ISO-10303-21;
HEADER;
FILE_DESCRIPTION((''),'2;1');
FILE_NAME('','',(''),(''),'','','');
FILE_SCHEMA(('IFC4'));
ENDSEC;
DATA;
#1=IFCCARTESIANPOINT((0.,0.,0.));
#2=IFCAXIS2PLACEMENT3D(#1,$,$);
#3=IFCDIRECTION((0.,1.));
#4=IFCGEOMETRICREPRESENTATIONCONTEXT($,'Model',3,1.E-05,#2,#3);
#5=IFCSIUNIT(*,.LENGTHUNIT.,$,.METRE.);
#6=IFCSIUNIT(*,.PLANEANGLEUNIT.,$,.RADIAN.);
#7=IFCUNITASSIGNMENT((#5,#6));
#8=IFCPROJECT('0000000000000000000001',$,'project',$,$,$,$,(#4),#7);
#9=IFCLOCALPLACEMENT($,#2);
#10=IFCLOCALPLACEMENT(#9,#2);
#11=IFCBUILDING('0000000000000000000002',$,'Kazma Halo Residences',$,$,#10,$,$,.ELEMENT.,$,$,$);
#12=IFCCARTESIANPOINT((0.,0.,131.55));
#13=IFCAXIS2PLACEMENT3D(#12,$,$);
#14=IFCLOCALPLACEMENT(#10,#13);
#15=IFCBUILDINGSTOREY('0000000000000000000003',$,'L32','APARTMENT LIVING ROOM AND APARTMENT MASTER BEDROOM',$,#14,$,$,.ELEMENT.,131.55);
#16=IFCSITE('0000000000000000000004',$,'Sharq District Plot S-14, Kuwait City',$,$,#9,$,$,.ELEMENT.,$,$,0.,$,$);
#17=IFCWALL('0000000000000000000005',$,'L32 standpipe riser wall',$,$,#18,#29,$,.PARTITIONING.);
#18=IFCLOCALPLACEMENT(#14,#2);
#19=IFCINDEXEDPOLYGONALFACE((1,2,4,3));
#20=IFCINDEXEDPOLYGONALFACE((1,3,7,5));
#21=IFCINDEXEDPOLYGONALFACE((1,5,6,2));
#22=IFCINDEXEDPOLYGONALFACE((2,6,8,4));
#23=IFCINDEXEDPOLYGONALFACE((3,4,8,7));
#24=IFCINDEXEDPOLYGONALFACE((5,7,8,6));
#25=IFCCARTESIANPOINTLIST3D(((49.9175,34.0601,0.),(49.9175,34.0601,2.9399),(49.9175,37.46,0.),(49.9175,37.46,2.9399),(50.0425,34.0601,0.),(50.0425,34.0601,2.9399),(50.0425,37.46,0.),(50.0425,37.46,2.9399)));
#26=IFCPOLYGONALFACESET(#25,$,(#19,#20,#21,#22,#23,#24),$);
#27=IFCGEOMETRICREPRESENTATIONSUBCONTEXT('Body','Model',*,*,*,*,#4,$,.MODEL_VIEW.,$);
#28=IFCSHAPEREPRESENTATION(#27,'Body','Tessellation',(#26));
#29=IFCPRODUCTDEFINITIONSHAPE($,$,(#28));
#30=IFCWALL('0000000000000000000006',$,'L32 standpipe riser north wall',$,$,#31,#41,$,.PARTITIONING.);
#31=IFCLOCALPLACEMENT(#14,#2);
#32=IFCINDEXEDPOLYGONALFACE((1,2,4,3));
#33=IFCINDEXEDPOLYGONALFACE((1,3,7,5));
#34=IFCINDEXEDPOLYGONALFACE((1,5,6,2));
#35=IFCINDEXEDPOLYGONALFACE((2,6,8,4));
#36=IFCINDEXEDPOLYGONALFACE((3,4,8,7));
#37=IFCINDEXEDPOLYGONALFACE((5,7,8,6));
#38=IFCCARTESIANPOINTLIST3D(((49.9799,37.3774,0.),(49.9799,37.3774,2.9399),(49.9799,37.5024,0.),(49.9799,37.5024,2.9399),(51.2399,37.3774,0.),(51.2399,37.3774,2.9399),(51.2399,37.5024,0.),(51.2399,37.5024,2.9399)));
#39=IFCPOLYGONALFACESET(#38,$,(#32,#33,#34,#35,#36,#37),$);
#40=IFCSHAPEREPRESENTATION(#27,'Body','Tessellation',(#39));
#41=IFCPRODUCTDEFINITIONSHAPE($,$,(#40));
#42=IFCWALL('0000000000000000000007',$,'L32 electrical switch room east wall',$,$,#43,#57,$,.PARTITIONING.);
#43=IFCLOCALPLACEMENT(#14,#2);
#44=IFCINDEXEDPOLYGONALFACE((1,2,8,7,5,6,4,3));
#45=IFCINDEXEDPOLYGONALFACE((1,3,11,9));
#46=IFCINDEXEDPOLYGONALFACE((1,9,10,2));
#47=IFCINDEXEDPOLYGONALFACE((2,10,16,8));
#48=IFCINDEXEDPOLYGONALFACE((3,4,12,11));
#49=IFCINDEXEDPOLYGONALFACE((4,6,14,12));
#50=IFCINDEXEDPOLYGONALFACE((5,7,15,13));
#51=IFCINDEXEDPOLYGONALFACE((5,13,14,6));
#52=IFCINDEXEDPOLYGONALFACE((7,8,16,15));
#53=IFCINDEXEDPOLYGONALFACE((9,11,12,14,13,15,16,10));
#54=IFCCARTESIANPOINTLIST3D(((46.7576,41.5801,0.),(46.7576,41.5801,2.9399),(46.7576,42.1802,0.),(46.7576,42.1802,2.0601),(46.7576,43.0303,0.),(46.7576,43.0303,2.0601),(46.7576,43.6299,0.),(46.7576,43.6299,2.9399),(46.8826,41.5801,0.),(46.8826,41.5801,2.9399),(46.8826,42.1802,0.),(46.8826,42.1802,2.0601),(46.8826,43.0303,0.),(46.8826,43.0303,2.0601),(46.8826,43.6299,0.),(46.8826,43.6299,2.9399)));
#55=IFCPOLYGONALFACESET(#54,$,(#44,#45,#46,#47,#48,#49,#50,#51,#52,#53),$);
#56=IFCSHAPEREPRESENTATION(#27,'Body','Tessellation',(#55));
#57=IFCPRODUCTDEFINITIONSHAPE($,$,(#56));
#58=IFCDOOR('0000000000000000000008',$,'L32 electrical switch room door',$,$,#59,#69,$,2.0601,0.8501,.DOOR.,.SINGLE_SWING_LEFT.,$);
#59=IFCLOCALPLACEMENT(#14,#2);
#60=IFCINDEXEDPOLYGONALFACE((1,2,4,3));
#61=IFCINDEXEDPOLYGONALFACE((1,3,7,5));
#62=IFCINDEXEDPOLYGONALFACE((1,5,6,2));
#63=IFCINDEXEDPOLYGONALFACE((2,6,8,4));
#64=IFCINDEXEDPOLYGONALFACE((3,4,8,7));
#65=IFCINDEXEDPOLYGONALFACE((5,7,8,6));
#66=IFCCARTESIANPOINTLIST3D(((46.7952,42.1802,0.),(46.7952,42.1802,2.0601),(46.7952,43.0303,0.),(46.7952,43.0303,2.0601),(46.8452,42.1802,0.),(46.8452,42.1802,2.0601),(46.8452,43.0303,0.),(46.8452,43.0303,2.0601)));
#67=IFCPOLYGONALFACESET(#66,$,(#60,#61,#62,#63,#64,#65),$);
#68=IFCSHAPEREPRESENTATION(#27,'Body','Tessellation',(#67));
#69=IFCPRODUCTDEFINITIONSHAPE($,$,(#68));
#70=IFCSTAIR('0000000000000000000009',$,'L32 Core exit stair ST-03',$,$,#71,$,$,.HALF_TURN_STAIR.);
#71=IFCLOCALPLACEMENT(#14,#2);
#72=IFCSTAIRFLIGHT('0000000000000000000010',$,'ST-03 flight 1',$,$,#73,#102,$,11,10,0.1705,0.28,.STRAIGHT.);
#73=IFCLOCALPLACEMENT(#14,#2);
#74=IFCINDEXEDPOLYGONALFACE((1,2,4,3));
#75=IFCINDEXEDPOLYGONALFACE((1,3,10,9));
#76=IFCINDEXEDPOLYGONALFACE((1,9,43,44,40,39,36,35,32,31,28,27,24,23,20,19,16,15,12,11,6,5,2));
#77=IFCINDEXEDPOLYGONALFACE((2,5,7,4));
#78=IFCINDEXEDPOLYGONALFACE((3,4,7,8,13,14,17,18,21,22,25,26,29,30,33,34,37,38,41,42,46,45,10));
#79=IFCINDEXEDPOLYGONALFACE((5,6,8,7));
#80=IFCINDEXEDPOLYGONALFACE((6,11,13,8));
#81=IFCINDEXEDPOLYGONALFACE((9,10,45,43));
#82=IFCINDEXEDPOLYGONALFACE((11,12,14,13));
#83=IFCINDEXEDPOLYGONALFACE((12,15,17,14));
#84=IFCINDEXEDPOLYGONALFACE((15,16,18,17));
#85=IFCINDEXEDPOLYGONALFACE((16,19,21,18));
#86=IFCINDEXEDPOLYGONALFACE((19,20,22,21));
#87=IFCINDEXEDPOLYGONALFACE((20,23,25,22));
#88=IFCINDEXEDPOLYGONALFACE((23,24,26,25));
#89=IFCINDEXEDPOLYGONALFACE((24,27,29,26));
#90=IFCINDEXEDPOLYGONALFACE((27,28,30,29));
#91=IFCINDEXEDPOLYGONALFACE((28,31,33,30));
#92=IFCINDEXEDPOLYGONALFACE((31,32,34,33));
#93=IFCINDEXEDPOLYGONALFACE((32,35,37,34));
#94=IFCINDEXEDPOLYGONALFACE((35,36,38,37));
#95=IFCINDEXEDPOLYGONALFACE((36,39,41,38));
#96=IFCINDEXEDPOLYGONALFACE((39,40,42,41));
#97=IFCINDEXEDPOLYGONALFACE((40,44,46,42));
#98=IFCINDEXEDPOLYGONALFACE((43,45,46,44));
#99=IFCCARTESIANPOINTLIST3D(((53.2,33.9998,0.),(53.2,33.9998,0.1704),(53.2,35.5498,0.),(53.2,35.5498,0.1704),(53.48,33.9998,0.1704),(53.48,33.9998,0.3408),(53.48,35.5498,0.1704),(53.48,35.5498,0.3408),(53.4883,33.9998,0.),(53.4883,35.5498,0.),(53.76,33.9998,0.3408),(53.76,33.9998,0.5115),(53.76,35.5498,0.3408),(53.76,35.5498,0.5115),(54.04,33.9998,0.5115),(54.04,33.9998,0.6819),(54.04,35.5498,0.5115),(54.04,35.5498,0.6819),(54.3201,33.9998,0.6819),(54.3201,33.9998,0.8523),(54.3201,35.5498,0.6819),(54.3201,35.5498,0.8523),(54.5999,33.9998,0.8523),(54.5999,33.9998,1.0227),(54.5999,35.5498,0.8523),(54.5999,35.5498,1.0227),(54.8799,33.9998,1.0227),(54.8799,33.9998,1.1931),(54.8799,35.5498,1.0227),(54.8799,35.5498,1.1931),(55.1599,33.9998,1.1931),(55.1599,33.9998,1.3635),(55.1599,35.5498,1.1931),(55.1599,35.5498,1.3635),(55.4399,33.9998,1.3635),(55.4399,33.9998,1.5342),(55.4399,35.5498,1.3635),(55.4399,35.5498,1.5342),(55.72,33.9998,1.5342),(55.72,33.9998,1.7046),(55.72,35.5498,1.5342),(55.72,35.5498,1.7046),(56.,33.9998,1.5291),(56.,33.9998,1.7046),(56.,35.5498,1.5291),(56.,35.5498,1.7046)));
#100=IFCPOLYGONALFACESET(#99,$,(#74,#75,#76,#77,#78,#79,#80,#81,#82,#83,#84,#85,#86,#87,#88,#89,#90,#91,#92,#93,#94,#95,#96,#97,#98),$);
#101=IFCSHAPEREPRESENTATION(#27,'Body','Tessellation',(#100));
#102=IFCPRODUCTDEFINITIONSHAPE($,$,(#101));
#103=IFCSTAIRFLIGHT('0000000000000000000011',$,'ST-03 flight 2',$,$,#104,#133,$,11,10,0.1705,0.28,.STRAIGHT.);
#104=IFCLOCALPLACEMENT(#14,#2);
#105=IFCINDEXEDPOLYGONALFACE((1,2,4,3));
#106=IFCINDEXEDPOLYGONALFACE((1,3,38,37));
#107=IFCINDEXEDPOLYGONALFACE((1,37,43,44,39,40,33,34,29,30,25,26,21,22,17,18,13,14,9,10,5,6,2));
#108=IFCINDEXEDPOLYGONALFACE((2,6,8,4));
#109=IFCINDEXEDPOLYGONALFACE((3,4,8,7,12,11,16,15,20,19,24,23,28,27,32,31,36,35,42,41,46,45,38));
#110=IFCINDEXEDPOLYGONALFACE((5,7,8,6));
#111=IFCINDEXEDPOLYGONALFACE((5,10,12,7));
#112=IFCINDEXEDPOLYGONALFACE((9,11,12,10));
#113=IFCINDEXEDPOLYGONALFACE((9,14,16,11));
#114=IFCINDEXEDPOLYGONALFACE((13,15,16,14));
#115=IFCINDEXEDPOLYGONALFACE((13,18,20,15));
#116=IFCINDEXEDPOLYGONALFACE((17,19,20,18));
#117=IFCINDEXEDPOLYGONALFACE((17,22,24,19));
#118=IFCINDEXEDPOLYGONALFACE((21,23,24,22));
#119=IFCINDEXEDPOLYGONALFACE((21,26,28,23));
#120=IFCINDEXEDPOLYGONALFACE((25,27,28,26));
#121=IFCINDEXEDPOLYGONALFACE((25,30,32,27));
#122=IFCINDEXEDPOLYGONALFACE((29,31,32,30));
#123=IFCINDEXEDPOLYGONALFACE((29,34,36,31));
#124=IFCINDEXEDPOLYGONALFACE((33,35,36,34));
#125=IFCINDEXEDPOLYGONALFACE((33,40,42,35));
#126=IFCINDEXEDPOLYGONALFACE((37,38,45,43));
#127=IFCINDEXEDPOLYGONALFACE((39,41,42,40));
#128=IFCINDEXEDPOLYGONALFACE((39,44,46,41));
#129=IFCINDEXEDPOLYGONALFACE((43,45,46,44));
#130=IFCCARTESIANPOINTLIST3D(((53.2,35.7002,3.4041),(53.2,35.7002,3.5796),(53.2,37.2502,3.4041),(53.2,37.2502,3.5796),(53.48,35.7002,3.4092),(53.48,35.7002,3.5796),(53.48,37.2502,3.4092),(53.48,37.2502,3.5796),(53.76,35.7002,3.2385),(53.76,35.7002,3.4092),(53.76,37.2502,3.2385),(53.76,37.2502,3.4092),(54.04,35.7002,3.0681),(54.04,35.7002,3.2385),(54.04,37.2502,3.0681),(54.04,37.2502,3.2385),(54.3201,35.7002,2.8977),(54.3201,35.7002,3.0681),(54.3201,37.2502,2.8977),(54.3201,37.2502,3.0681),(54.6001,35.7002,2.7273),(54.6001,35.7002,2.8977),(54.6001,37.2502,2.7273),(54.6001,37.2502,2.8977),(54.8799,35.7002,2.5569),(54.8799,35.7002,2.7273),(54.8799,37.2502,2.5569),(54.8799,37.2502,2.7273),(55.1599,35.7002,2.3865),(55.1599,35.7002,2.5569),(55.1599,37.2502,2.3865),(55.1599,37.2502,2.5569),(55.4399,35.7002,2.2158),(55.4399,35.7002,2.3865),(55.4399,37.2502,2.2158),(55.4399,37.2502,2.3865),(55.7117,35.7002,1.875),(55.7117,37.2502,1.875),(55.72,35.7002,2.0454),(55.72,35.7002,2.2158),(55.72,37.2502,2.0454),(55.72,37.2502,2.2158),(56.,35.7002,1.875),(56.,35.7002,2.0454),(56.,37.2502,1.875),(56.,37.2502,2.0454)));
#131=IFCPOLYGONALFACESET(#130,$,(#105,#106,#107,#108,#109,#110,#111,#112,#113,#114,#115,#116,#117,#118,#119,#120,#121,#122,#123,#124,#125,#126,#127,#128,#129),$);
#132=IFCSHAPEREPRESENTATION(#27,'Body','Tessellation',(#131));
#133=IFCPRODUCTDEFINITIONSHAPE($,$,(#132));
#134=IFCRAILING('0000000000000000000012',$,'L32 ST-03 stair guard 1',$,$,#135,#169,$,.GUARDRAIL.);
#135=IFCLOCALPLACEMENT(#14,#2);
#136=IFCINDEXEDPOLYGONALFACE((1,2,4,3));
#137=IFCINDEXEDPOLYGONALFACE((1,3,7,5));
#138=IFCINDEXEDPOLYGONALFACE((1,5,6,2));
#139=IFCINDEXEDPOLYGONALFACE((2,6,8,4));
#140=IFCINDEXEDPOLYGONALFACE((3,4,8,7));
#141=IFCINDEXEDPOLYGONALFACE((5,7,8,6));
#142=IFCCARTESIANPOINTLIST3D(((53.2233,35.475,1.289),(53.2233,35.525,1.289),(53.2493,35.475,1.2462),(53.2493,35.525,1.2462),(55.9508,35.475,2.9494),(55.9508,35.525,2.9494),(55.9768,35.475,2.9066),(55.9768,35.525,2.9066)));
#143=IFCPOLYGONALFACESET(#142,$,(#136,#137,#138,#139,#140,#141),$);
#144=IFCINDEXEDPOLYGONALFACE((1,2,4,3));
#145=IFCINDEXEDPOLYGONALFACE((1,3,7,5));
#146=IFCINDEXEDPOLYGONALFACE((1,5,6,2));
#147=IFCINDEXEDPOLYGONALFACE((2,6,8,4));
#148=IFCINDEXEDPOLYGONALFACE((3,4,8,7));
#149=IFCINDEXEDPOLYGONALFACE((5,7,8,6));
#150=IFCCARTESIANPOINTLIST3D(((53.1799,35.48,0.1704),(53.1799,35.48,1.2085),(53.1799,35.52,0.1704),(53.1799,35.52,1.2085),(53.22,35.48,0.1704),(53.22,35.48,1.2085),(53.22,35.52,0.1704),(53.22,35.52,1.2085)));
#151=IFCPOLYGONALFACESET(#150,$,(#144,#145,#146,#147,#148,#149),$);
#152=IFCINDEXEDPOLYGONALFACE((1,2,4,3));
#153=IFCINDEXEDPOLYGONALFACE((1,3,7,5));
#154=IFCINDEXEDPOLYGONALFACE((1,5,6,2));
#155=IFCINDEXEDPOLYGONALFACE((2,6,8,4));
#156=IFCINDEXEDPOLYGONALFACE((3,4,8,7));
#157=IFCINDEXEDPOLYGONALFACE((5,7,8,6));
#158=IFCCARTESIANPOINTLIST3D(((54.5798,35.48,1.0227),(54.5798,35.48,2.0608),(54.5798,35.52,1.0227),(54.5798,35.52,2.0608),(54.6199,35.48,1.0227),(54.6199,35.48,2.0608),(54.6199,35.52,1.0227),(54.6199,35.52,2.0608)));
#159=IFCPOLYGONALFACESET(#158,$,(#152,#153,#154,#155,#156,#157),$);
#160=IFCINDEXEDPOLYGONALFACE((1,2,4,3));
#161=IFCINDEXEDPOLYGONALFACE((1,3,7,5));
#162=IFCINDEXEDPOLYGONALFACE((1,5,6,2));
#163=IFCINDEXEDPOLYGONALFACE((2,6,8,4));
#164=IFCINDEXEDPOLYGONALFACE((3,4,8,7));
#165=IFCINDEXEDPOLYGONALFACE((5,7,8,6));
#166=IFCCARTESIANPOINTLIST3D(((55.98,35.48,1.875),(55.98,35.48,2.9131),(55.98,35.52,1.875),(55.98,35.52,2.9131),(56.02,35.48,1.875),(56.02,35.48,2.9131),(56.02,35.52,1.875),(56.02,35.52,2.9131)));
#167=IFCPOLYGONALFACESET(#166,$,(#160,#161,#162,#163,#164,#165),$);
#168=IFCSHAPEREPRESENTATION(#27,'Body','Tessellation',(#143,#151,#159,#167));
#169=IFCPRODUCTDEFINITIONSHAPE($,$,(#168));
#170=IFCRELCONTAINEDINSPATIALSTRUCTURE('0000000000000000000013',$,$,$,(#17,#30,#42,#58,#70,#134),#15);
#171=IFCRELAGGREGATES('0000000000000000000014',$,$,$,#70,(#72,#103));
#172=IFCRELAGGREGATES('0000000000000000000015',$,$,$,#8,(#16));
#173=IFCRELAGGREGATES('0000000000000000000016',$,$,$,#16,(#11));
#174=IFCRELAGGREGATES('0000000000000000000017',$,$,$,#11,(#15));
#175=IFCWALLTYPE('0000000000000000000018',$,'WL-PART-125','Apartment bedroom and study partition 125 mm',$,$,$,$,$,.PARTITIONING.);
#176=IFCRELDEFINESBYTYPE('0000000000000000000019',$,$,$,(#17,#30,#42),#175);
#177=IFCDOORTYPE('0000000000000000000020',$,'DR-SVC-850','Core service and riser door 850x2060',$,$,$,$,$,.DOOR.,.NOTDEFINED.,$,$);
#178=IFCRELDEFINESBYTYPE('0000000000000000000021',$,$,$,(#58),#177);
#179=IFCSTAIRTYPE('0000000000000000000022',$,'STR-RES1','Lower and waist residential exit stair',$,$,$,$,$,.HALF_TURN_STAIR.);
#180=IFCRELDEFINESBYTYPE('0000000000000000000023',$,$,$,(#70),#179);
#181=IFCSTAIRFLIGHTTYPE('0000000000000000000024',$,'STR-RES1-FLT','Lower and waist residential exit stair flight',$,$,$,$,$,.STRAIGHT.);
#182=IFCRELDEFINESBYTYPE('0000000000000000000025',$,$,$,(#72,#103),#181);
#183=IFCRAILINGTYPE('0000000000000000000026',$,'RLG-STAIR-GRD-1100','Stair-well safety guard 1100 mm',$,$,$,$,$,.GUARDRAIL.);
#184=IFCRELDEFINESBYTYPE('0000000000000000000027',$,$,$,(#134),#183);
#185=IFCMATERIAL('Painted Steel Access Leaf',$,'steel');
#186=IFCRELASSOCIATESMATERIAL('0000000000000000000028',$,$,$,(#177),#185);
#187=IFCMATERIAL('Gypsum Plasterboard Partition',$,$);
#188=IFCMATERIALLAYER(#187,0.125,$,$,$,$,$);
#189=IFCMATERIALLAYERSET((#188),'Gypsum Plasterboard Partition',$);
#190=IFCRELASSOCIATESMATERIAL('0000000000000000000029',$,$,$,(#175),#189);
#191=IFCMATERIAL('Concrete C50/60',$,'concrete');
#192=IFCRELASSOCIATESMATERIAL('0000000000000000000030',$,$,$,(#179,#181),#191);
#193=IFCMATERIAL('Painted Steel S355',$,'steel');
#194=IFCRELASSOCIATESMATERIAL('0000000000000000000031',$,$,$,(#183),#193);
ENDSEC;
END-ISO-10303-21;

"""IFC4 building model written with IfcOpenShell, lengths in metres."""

from ifc_helpers import new_model, si_unit, direction, frame, frame_2d, origin, origin_2d, place, context, subcontext, project, spatial, polyline, rectangle, outline, extrude, material, layer, layer_set, type_object, element, fill, aggregate, save


model = new_model("IFC4")

# Units and contexts
model_context = context("Model", 3, precision=1e-05, world=origin(), true_north=direction((0.0, 1.0)))
body_context = subcontext(model_context, "Body", "Model", "MODEL_VIEW")
ifc_project = project(units=[si_unit("LENGTHUNIT", "METRE"), si_unit("PLANEANGLEUNIT", "RADIAN")], contexts=[model_context])

# Site, building, storey
site_placement = place(None, origin())
site = spatial("IfcSite", under=ifc_project, at=site_placement, Name="Sharq District Plot S-14, Kuwait City", CompositionType="ELEMENT", RefElevation=0.0)
building_placement = place(site_placement, origin())
building = spatial("IfcBuilding", under=site, at=building_placement, Name="Kazma Halo Residences", CompositionType="ELEMENT")
storey_placement = place(building_placement, frame((0.0, 0.0, 131.55)))
storey = spatial("IfcBuildingStorey", under=building, at=storey_placement, Name="L32", Description="APARTMENT LIVING ROOM AND APARTMENT MASTER BEDROOM", CompositionType="ELEMENT", Elevation=131.55)

# Shared definitions
ifc_material_1 = material(Name="Painted Steel Access Leaf", Category="steel")
door_type_1 = type_object("IfcDoorType", Name="DR-SVC-850", Description="Core service and riser door 850x2060", OperationType="NOTDEFINED", PredefinedType="DOOR", material=ifc_material_1)

# Walls
ifc_material_2 = material(Name="Gypsum Plasterboard Partition")
ifc_layer_1 = layer(ifc_material_2, 0.125)
ifc_layer_set_1 = layer_set([ifc_layer_1], Name="Gypsum Plasterboard Partition")
wall_type_1 = type_object("IfcWallType", Name="WL-PART-125", Description="Apartment bedroom and study partition 125 mm", PredefinedType="PARTITIONING", material=ifc_layer_set_1)
wall_1_placement = place(storey_placement, frame((49.98, 34.0601, 0.0), z_axis=(0.0, 0.0, 1.0), x_axis=(0.0, 1.0, 0.0)))
element("IfcWall", 1, at=wall_1_placement, inside=storey, type_object=wall_type_1, Name="L32 standpipe riser wall", PredefinedType="PARTITIONING", context=body_context, shape_type="SweptSolid", body=[
    extrude(rectangle(XDim=3.3999, YDim=0.125, at=frame_2d((1.7, 0.0))), origin(), (0.0, 0.0, 1.0), 2.9399),
])
wall_2_placement = place(storey_placement, frame((49.98, 37.4399, 0.0), z_axis=(0.0, 0.0, 1.0), x_axis=(1.0, 0.0, 0.0)))
element("IfcWall", 2, at=wall_2_placement, inside=storey, type_object=wall_type_1, Name="L32 standpipe riser north wall", PredefinedType="PARTITIONING", context=body_context, shape_type="SweptSolid", body=[
    extrude(rectangle(XDim=1.26, YDim=0.125, at=frame_2d((0.6299, 0.0))), origin(), (0.0, 0.0, 1.0), 2.9399),
])

# Wall, opening, door
wall_3_placement = place(storey_placement, frame((46.8201, 41.5801, 0.0), z_axis=(0.0, 0.0, 1.0), x_axis=(0.0, 1.0, 0.0)))
wall_3 = element("IfcWall", 3, at=wall_3_placement, inside=storey, type_object=wall_type_1, Name="L32 electrical switch room east wall", PredefinedType="PARTITIONING", context=body_context, shape_type="SweptSolid", body=[
    extrude(rectangle(XDim=2.0498, YDim=0.125, at=frame_2d((1.0249, 0.0))), origin(), (0.0, 0.0, 1.0), 2.9399),
])
opening_1_placement = place(wall_3_placement, frame((0.6001, 0.0, 0.0)))
opening_1 = element("IfcOpeningElement", 4, at=opening_1_placement, cuts=wall_3, PredefinedType="OPENING", context=body_context, shape_type="SweptSolid", body=[
    extrude(rectangle(XDim=0.8501, YDim=2.0601, at=frame_2d((0.425, 1.03))), frame((0.0, 0.0725, 0.0), z_axis=(0.0, -1.0, 0.0), x_axis=(1.0, 0.0, 0.0)), (0.0, 0.0, 1.0), 0.145),
])
door_1_placement = place(opening_1_placement, origin())
door_1 = element("IfcDoor", 5, at=door_1_placement, inside=storey, type_object=door_type_1, Name="L32 electrical switch room door", OperationType="SINGLE_SWING_LEFT", OverallHeight=2.0601, OverallWidth=0.8501, PredefinedType="DOOR", context=body_context, shape_type="SweptSolid", body=[
    extrude(rectangle(XDim=0.8501, YDim=2.0601, at=frame_2d((0.425, 1.03))), frame((0.0, 0.0249, 0.0), z_axis=(0.0, -1.0, 0.0), x_axis=(1.0, 0.0, 0.0)), (0.0, 0.0, 1.0), 0.05),
])
fill(opening_1, door_1)
ifc_material_3 = material(Name="Concrete C50/60", Category="concrete")

# Stair, stair flights
stair_type = type_object("IfcStairType", Name="STR-RES1", Description="Lower and waist residential exit stair", PredefinedType="HALF_TURN_STAIR", material=ifc_material_3)
stair_placement = place(storey_placement, origin())
stair = element("IfcStair", 6, at=stair_placement, inside=storey, type_object=stair_type, Name="L32 Core exit stair ST-03", PredefinedType="HALF_TURN_STAIR")
stair_flight_type = type_object("IfcStairFlightType", Name="STR-RES1-FLT", Description="Lower and waist residential exit stair flight", PredefinedType="STRAIGHT", material=ifc_material_3)
stair_flight_1_placement = place(storey_placement, frame((53.2, 34.7749, 0.0), z_axis=(0.0, 0.0, 1.0), x_axis=(1.0, 0.0, 0.0)))
stair_flight_1 = element("IfcStairFlight", 7, at=stair_flight_1_placement, type_object=stair_flight_type, Name="ST-03 flight 1", NumberOfRisers=11, NumberOfTreads=10, PredefinedType="STRAIGHT", RiserHeight=0.1705, TreadLength=0.28, context=body_context, shape_type="SweptSolid", body=[
    extrude(outline(polyline([(0.0, 0.0), (0.0, 0.1704), (0.28, 0.1704), (0.28, 0.3408), (0.5601, 0.3408), (0.5601, 0.5115), (0.8401, 0.5115), (0.8401, 0.6819), (1.1201, 0.6819), (1.1201, 0.8523), (1.3999, 0.8523), (1.3999, 1.0227), (1.6799, 1.0227), (1.6799, 1.1931), (1.96, 1.1931), (1.96, 1.3635), (2.24, 1.3635), (2.24, 1.5342), (2.52, 1.5342), (2.52, 1.7046), (2.8, 1.7046), (2.8, 1.875), (2.8, 1.5291), (0.2883, 0.0), (0.0, 0.0)])), frame((0.0, 0.7749, 0.0), z_axis=(0.0, -1.0, 0.0), x_axis=(1.0, 0.0, 0.0)), (0.0, 0.0, 1.0), 1.55),
])
stair_flight_2_placement = place(storey_placement, frame((56.0, 36.4751, 1.875), z_axis=(0.0, 0.0, 1.0), x_axis=(-1.0, 0.0, 0.0)))
stair_flight_2 = element("IfcStairFlight", 8, at=stair_flight_2_placement, type_object=stair_flight_type, Name="ST-03 flight 2", NumberOfRisers=11, NumberOfTreads=10, PredefinedType="STRAIGHT", RiserHeight=0.1705, TreadLength=0.28, context=body_context, shape_type="SweptSolid", body=[
    extrude(outline(polyline([(0.0, 0.0), (0.0, 0.1704), (0.28, 0.1704), (0.28, 0.3408), (0.5601, 0.3408), (0.5601, 0.5115), (0.8401, 0.5115), (0.8401, 0.6819), (1.1201, 0.6819), (1.1201, 0.8523), (1.3999, 0.8523), (1.3999, 1.0227), (1.6799, 1.0227), (1.6799, 1.1931), (1.96, 1.1931), (1.96, 1.3635), (2.24, 1.3635), (2.24, 1.5342), (2.52, 1.5342), (2.52, 1.7046), (2.8, 1.7046), (2.8, 1.875), (2.8, 1.5291), (0.2883, 0.0), (0.0, 0.0)])), frame((0.0, 0.7749, 0.0), z_axis=(0.0, -1.0, 0.0), x_axis=(1.0, 0.0, 0.0)), (0.0, 0.0, 1.0), 1.55),
])
aggregate(stair, [stair_flight_1, stair_flight_2])

# Railing
ifc_material_4 = material(Name="Painted Steel S355", Category="steel")
railing_type_1 = type_object("IfcRailingType", Name="RLG-STAIR-GRD-1100", Description="Stair-well safety guard 1100 mm", PredefinedType="GUARDRAIL", material=ifc_material_4)
railing_1_placement = place(storey_placement, frame((53.2, 35.5, 0.1704)))
element("IfcRailing", 9, at=railing_1_placement, inside=storey, type_object=railing_type_1, Name="L32 ST-03 stair guard 1", PredefinedType="GUARDRAIL", context=body_context, shape_type="SweptSolid", body=[
    extrude(rectangle(XDim=0.05, YDim=0.05, at=origin_2d()), frame((0.0364, 0.0, 1.0972), z_axis=(0.85417, 0.0, 0.519994), x_axis=(0.0, 1.0, 0.0)), (0.0, 0.0, 1.0), 3.1931),
    extrude(rectangle(XDim=0.04, YDim=0.04, at=origin_2d()), origin(), (0.0, 0.0, 1.0), 1.0381),
    extrude(rectangle(XDim=0.04, YDim=0.04, at=origin_2d()), frame((1.3999, 0.0, 0.8523)), (0.0, 0.0, 1.0), 1.0381),
    extrude(rectangle(XDim=0.04, YDim=0.04, at=origin_2d()), frame((2.8, 0.0, 1.7046)), (0.0, 0.0, 1.0), 1.0381),
])

save(model, "model.ifc")
